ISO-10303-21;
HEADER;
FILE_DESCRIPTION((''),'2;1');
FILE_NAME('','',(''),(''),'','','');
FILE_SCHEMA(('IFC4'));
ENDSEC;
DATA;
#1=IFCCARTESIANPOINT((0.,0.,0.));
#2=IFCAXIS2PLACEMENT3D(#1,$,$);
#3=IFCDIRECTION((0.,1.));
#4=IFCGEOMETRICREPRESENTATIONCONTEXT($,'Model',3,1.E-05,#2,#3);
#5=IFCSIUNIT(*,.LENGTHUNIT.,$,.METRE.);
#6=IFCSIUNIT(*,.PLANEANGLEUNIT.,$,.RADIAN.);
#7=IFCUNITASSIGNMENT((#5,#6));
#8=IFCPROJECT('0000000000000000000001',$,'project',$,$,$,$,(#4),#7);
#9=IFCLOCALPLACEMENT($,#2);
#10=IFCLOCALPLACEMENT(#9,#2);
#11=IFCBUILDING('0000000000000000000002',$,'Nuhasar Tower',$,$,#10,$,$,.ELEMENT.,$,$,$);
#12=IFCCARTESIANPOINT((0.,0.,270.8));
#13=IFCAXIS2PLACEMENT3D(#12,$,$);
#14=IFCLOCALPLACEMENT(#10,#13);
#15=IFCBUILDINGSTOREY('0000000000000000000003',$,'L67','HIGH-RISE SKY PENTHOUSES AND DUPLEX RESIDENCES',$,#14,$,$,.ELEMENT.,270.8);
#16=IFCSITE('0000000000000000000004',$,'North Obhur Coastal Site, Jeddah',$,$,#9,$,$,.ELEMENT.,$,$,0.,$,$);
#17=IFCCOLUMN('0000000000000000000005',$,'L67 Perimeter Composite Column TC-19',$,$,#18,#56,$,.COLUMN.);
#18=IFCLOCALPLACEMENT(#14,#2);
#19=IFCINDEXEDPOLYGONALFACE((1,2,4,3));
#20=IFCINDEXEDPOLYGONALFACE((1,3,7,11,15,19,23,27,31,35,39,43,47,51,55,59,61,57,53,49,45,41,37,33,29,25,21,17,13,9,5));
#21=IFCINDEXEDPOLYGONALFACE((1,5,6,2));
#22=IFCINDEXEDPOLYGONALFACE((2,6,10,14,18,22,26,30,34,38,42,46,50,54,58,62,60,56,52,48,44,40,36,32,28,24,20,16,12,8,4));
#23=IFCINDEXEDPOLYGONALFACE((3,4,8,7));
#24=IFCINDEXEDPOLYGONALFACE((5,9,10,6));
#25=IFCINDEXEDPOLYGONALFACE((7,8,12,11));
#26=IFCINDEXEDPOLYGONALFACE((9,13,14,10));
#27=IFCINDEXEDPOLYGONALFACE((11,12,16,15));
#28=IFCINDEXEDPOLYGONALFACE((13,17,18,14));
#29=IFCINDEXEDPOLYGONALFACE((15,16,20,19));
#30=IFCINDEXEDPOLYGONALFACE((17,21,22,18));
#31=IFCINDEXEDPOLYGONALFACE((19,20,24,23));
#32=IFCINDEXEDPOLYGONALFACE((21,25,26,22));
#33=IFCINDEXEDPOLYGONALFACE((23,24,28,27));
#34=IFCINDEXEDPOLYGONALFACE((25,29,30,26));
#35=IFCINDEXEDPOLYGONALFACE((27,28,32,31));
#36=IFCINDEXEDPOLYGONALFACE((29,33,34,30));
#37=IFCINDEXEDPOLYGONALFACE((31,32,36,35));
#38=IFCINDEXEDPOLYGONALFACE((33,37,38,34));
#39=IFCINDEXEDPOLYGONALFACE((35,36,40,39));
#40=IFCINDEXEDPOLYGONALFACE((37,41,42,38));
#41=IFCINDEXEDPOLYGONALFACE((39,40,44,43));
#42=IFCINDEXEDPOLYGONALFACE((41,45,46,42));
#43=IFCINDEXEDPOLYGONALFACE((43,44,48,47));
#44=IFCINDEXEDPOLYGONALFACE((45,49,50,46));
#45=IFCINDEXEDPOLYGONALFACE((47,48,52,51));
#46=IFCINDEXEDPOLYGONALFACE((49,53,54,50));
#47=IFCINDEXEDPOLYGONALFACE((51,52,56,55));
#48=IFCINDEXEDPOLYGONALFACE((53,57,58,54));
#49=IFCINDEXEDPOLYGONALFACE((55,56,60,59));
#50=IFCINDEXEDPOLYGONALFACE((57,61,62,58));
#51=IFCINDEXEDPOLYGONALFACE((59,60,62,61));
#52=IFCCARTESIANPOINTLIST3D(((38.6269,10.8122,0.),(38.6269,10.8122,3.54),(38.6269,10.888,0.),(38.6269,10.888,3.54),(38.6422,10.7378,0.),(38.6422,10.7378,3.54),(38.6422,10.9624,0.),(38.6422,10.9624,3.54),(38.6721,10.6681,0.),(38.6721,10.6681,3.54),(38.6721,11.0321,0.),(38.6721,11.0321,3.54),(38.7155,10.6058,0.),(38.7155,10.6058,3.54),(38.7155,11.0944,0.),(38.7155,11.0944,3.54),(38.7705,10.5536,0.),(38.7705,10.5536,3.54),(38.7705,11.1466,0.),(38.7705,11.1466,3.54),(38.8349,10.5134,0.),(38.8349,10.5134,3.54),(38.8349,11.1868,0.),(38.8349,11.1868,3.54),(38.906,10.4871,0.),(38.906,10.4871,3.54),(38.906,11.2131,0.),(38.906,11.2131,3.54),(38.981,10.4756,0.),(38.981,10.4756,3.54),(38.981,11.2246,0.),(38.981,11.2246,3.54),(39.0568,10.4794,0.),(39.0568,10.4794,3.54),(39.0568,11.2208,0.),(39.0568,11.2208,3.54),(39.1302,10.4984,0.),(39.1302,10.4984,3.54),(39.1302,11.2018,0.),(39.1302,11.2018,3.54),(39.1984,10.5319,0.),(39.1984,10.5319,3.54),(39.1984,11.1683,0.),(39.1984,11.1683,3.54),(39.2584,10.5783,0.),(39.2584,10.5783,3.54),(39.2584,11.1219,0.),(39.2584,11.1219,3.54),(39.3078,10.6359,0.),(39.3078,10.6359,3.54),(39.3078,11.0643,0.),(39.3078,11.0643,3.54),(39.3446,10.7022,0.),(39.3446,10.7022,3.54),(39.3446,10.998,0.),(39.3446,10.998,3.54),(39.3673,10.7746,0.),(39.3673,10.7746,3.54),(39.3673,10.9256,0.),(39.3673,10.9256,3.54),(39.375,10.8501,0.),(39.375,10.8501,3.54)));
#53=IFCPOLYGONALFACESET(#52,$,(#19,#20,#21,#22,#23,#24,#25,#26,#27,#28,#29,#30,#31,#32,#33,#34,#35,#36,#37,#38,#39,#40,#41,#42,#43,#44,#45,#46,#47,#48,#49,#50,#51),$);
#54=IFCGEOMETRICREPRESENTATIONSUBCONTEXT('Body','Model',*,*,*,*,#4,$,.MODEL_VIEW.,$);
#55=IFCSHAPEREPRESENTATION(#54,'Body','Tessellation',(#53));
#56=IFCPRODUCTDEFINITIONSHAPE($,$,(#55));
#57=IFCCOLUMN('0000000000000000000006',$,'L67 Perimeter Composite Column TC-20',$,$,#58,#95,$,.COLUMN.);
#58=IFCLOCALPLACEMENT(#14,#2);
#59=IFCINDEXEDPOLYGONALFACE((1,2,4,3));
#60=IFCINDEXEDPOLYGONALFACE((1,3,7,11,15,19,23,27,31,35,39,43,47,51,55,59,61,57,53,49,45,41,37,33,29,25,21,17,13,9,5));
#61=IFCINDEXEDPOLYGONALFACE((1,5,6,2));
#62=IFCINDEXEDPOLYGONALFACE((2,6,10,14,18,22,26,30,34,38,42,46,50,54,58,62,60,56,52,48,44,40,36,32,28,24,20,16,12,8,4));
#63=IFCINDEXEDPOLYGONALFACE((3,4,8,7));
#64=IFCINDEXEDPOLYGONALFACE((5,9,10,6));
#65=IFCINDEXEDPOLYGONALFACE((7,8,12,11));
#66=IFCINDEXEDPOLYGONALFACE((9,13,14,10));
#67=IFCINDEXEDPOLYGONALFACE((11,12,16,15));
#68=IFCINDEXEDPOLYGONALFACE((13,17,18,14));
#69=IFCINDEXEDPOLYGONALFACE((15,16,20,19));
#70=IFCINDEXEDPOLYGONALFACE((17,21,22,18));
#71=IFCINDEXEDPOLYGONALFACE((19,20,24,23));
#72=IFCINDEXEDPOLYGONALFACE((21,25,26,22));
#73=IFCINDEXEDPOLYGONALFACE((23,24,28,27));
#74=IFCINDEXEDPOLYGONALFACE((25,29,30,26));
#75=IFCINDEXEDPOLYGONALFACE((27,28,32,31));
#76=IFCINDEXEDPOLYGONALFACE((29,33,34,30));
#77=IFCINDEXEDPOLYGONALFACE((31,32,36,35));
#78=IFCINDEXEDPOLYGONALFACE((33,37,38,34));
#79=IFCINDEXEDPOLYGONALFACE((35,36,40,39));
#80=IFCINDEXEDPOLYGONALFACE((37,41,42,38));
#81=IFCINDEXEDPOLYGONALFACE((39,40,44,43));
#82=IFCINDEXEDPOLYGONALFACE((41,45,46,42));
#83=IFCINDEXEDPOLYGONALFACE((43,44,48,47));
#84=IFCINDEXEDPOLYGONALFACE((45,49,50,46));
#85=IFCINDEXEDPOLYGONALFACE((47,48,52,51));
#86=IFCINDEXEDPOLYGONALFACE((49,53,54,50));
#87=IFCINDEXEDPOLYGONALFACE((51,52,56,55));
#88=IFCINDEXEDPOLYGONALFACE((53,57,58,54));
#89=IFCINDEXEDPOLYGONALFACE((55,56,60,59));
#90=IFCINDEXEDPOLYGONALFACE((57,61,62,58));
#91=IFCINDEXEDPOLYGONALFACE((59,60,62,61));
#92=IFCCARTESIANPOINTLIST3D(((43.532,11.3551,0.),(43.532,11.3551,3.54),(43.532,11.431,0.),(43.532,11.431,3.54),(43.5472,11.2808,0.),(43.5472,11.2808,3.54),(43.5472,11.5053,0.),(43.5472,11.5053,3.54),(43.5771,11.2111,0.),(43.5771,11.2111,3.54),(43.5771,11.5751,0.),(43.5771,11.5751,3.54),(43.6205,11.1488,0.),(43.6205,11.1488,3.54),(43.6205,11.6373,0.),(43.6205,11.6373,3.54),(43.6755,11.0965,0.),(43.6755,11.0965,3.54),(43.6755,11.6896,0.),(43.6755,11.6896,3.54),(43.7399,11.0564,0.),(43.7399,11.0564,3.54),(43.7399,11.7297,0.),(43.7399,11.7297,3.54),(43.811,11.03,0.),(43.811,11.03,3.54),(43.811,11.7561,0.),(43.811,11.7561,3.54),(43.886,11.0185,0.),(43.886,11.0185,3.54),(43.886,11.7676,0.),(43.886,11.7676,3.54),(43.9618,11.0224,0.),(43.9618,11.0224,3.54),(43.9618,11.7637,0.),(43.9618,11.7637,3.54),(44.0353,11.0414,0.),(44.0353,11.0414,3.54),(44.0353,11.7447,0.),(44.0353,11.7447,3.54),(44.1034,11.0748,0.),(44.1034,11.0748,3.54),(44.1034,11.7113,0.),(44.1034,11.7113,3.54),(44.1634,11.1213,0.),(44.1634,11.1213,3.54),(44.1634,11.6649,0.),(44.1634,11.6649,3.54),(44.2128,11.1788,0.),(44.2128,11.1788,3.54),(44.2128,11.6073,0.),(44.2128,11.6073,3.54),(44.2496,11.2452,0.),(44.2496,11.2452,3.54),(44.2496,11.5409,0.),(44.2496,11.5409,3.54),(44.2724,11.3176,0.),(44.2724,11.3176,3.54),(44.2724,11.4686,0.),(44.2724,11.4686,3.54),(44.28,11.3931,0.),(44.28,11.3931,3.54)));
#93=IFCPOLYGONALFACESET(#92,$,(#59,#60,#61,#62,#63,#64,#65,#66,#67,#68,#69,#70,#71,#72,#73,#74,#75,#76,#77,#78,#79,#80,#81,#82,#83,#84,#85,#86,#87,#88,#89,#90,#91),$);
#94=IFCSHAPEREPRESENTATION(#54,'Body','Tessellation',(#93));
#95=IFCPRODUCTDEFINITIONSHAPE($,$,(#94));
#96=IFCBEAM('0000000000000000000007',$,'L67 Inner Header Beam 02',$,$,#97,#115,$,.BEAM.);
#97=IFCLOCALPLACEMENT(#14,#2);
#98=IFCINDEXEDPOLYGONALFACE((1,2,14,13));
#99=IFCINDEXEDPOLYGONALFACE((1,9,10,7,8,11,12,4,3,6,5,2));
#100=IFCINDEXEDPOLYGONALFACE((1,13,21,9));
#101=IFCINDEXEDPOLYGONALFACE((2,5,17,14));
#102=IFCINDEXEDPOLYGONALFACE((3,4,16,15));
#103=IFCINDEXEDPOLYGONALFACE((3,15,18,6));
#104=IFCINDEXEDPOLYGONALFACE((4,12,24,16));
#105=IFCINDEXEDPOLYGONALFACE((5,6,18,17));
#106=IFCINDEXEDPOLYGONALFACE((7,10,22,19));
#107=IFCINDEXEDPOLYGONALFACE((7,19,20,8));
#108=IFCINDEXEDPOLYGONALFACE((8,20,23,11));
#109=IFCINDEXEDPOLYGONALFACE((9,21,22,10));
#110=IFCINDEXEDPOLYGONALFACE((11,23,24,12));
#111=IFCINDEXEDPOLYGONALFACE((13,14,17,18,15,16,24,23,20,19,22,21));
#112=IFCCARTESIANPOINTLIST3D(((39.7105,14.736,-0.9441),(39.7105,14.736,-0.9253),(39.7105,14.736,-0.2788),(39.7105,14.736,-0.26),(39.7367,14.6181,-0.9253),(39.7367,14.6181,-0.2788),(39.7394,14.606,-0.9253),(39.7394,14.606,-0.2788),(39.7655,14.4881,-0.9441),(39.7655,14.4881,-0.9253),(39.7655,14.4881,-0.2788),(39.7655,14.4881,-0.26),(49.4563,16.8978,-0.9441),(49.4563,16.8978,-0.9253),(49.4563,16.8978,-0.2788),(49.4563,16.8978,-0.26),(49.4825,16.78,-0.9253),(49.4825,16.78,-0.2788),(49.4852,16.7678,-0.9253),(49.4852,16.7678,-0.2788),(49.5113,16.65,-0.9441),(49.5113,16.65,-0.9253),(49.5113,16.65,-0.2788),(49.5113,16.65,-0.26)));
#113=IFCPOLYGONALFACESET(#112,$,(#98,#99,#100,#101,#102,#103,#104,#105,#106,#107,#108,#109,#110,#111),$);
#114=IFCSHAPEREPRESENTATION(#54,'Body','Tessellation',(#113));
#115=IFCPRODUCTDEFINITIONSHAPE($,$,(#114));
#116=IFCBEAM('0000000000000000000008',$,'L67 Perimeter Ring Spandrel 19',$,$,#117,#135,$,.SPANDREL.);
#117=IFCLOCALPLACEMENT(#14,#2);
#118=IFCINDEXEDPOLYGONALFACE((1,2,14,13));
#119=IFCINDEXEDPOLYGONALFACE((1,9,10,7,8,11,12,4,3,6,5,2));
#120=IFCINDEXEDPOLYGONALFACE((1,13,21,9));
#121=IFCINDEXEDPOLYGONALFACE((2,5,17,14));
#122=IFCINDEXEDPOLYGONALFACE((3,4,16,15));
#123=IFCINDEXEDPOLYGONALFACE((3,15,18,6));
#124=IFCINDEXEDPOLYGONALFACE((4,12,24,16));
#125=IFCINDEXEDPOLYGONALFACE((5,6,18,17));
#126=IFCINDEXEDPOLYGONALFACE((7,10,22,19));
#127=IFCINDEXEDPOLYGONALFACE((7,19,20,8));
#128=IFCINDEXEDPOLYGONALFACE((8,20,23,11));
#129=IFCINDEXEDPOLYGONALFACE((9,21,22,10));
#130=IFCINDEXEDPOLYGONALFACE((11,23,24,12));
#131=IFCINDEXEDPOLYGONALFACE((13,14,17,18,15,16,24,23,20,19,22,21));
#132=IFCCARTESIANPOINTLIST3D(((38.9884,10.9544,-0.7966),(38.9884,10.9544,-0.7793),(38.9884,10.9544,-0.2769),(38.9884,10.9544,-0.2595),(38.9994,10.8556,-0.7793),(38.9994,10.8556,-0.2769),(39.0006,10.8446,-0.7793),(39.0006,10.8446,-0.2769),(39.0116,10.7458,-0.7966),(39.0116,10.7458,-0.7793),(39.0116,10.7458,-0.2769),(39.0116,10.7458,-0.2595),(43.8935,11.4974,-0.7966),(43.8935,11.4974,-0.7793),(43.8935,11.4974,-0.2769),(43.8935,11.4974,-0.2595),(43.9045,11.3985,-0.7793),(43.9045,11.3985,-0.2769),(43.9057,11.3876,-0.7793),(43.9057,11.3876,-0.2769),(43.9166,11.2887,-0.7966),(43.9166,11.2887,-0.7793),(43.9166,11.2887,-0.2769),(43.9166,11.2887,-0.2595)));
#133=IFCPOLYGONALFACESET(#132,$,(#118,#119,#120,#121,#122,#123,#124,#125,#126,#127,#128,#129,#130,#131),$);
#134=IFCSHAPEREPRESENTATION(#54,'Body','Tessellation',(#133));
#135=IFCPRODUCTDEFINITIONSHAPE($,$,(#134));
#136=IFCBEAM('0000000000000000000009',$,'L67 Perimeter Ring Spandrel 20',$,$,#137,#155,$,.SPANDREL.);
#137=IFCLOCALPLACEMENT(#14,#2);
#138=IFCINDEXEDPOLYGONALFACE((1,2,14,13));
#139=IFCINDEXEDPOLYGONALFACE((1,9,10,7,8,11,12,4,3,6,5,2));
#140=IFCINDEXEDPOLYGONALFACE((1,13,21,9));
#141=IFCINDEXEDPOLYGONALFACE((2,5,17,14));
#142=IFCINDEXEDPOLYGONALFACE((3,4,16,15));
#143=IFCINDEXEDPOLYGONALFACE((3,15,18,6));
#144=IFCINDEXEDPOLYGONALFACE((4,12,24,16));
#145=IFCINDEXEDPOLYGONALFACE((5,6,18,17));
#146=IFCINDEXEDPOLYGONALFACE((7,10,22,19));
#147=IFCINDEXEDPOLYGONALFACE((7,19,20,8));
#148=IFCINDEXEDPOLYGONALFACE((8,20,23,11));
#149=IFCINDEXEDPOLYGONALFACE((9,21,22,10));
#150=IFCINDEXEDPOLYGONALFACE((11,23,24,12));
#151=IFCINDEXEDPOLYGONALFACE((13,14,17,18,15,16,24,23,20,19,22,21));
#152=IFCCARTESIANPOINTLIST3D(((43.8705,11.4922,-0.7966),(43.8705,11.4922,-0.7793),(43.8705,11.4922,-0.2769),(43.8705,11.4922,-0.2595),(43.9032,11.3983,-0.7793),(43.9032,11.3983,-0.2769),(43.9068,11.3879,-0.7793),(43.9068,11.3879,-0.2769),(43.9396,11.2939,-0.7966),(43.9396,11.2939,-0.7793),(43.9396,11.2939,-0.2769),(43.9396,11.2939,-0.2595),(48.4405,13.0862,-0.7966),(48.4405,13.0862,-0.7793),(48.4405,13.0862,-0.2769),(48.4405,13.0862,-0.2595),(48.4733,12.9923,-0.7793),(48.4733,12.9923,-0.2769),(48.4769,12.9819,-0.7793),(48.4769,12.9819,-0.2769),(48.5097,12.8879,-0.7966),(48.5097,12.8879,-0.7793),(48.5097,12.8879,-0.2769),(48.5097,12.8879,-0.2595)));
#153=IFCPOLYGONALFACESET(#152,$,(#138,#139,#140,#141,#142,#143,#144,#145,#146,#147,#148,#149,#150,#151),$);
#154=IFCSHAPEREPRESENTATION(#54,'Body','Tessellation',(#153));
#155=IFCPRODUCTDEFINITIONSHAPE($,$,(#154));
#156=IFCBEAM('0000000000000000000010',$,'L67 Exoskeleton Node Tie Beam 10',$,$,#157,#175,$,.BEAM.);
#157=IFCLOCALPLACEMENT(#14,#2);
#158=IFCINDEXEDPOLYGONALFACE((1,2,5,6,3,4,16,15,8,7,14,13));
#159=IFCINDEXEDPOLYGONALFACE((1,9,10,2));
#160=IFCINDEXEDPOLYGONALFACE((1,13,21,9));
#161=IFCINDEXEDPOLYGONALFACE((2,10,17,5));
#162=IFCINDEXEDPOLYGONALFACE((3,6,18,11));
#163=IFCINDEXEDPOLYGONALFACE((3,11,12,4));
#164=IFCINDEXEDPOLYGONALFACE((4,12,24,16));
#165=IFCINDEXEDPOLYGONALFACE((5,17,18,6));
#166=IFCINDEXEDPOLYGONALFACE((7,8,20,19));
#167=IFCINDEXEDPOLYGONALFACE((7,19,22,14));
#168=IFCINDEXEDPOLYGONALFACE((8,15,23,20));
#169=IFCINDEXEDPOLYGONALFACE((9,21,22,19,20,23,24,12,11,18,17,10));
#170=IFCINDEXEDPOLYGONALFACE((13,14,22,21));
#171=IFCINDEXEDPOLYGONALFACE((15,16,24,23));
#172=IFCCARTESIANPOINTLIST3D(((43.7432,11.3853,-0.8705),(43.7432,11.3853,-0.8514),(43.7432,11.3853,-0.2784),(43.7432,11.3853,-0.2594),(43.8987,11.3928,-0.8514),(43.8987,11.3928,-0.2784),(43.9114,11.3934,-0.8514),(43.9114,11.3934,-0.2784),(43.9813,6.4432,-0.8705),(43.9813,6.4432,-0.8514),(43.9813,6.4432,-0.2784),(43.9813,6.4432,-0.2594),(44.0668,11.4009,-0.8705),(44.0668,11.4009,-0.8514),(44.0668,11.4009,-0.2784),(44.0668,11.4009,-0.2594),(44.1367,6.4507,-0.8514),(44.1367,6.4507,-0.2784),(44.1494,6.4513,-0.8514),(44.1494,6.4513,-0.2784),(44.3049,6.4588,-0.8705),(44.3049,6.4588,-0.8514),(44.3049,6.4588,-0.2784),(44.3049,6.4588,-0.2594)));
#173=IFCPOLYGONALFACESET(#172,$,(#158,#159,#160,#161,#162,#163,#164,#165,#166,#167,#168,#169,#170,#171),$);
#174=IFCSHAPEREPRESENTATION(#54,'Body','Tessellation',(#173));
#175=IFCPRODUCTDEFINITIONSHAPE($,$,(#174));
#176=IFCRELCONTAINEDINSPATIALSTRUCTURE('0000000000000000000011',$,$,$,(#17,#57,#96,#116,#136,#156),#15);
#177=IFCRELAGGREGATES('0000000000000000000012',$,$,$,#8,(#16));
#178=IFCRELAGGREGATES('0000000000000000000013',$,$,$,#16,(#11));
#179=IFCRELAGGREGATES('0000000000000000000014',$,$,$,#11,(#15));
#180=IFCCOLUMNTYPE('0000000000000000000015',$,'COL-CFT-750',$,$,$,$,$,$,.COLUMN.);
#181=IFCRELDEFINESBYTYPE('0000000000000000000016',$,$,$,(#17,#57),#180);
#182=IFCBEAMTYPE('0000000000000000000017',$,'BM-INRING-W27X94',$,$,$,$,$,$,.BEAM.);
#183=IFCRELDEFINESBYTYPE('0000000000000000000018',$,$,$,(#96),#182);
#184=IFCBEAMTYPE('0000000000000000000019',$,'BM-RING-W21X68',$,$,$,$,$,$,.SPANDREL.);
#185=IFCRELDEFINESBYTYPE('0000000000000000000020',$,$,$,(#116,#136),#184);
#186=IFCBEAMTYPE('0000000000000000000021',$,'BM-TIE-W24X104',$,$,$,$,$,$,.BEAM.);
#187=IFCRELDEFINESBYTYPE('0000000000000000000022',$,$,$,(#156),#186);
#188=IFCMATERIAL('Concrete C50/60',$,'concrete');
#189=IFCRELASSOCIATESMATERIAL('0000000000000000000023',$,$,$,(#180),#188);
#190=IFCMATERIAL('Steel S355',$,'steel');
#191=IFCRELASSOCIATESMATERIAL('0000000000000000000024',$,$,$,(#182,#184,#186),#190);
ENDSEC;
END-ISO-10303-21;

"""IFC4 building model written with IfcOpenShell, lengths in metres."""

from ifc_helpers import new_model, si_unit, direction, frame, origin, origin_2d, place, context, subcontext, project, spatial, circle, i_section, extrude, material, material_profile, profile_set, type_object, element, save


model = new_model("IFC4")

# Units and contexts
model_context = context("Model", 3, precision=1e-05, world=origin(), true_north=direction((0.0, 1.0)))
body_context = subcontext(model_context, "Body", "Model", "MODEL_VIEW")
ifc_project = project(units=[si_unit("LENGTHUNIT", "METRE"), si_unit("PLANEANGLEUNIT", "RADIAN")], contexts=[model_context])

# Site, building, storey
site_placement = place(None, origin())
site = spatial("IfcSite", under=ifc_project, at=site_placement, Name="North Obhur Coastal Site, Jeddah", CompositionType="ELEMENT", RefElevation=0.0)
building_placement = place(site_placement, origin())
building = spatial("IfcBuilding", under=site, at=building_placement, Name="Nuhasar Tower", CompositionType="ELEMENT")
storey_placement = place(building_placement, frame((0.0, 0.0, 270.8)))
storey = spatial("IfcBuildingStorey", under=building, at=storey_placement, Name="L67", Description="HIGH-RISE SKY PENTHOUSES AND DUPLEX RESIDENCES", CompositionType="ELEMENT", Elevation=270.8)

# Columns
ifc_material_1 = material(Name="Concrete C50/60", Category="concrete")
ifc_material_profile_1 = material_profile(ifc_material_1, circle(Radius=0.375, at=origin_2d()), Name="CFT750")
ifc_profile_set_1 = profile_set([ifc_material_profile_1], Name="Concrete C50/60")
column_type = type_object("IfcColumnType", Name="COL-CFT-750", PredefinedType="COLUMN", material=ifc_profile_set_1)
for number, where, z_axis, x_axis, name in (
    (1, (39.0, 10.8501, 0.0), (0.0, 0.0, 1.0), (1.0, 0.0, 0.0), "L67 Perimeter Composite Column TC-19"),
    (2, (43.905, 11.3931, 0.0), (0.0, 0.0, 1.0), (1.0, 0.0, 0.0), "L67 Perimeter Composite Column TC-20"),
):
    element("IfcColumn", number, at=place(storey_placement, frame(where, z_axis=z_axis, x_axis=x_axis)), inside=storey, type_object=column_type, Name=name, PredefinedType="COLUMN", context=body_context, shape_type="SweptSolid", body=[
        extrude(circle(Radius=0.375, at=origin_2d()), origin(), (0.0, 0.0, 1.0), 3.54),
    ])

# Beams
ifc_material_2 = material(Name="Steel S355", Category="steel")
ifc_material_profile_2 = material_profile(ifc_material_2, i_section(OverallWidth=0.2539, OverallDepth=0.6841, WebThickness=0.0125, FlangeThickness=0.0188, at=origin_2d()), Name="W27X94")
ifc_profile_set_2 = profile_set([ifc_material_profile_2], Name="Steel S355")
beam_type_1 = type_object("IfcBeamType", Name="BM-INRING-W27X94", PredefinedType="BEAM", material=ifc_profile_set_2)
beam_1_placement = place(storey_placement, frame((39.738, 14.6121, -0.6021), z_axis=(0.976269, 0.21656, 0.0), x_axis=(-0.21656, 0.976269, 0.0)))
element("IfcBeam", 3, at=beam_1_placement, inside=storey, type_object=beam_type_1, Name="L67 Inner Header Beam 02", PredefinedType="BEAM", context=body_context, shape_type="SweptSolid", body=[
    extrude(i_section(OverallWidth=0.2539, OverallDepth=0.6841, WebThickness=0.0125, FlangeThickness=0.0188, at=origin_2d()), origin(), (0.0, 0.0, 1.0), 9.9827),
])
ifc_material_profile_3 = material_profile(ifc_material_2, i_section(OverallWidth=0.21, OverallDepth=0.5371, WebThickness=0.011, FlangeThickness=0.0173, at=origin_2d()), Name="W21X68")
ifc_profile_set_3 = profile_set([ifc_material_profile_3], Name="Steel S355")
beam_type_2 = type_object("IfcBeamType", Name="BM-RING-W21X68", PredefinedType="SPANDREL", material=ifc_profile_set_3)
beam_2_placement = place(storey_placement, frame((39.0, 10.8501, -0.5281), z_axis=(0.993929, 0.110024, 0.0), x_axis=(-0.110024, 0.993929, 0.0)))
element("IfcBeam", 4, at=beam_2_placement, inside=storey, type_object=beam_type_2, Name="L67 Perimeter Ring Spandrel 19", PredefinedType="SPANDREL", context=body_context, shape_type="SweptSolid", body=[
    extrude(i_section(OverallWidth=0.21, OverallDepth=0.5371, WebThickness=0.011, FlangeThickness=0.0173, at=origin_2d()), origin(), (0.0, 0.0, 1.0), 4.9351),
])
beam_3_placement = place(storey_placement, frame((43.905, 11.3931, -0.5281), z_axis=(0.944214, 0.329332, 0.0), x_axis=(-0.329332, 0.944214, 0.0)))
element("IfcBeam", 5, at=beam_3_placement, inside=storey, type_object=beam_type_2, Name="L67 Perimeter Ring Spandrel 20", PredefinedType="SPANDREL", context=body_context, shape_type="SweptSolid", body=[
    extrude(i_section(OverallWidth=0.21, OverallDepth=0.5371, WebThickness=0.011, FlangeThickness=0.0173, at=origin_2d()), origin(), (0.0, 0.0, 1.0), 4.8401),
])
ifc_material_profile_4 = material_profile(ifc_material_2, i_section(OverallWidth=0.324, OverallDepth=0.6111, WebThickness=0.0127, FlangeThickness=0.019, at=origin_2d()), Name="W24X104")
ifc_profile_set_4 = profile_set([ifc_material_profile_4], Name="Steel S355")
beam_type_3 = type_object("IfcBeamType", Name="BM-TIE-W24X104", PredefinedType="BEAM", material=ifc_profile_set_4)
beam_4_placement = place(storey_placement, frame((43.905, 11.3931, -0.5649), z_axis=(0.048109, -0.998842, 0.0), x_axis=(0.998842, 0.048109, 0.0)))
element("IfcBeam", 6, at=beam_4_placement, inside=storey, type_object=beam_type_3, Name="L67 Exoskeleton Node Tie Beam 10", PredefinedType="BEAM", context=body_context, shape_type="SweptSolid", body=[
    extrude(i_section(OverallWidth=0.324, OverallDepth=0.6111, WebThickness=0.0127, FlangeThickness=0.019, at=origin_2d()), origin(), (0.0, 0.0, 1.0), 4.9478),
])

save(model, "model.ifc")
